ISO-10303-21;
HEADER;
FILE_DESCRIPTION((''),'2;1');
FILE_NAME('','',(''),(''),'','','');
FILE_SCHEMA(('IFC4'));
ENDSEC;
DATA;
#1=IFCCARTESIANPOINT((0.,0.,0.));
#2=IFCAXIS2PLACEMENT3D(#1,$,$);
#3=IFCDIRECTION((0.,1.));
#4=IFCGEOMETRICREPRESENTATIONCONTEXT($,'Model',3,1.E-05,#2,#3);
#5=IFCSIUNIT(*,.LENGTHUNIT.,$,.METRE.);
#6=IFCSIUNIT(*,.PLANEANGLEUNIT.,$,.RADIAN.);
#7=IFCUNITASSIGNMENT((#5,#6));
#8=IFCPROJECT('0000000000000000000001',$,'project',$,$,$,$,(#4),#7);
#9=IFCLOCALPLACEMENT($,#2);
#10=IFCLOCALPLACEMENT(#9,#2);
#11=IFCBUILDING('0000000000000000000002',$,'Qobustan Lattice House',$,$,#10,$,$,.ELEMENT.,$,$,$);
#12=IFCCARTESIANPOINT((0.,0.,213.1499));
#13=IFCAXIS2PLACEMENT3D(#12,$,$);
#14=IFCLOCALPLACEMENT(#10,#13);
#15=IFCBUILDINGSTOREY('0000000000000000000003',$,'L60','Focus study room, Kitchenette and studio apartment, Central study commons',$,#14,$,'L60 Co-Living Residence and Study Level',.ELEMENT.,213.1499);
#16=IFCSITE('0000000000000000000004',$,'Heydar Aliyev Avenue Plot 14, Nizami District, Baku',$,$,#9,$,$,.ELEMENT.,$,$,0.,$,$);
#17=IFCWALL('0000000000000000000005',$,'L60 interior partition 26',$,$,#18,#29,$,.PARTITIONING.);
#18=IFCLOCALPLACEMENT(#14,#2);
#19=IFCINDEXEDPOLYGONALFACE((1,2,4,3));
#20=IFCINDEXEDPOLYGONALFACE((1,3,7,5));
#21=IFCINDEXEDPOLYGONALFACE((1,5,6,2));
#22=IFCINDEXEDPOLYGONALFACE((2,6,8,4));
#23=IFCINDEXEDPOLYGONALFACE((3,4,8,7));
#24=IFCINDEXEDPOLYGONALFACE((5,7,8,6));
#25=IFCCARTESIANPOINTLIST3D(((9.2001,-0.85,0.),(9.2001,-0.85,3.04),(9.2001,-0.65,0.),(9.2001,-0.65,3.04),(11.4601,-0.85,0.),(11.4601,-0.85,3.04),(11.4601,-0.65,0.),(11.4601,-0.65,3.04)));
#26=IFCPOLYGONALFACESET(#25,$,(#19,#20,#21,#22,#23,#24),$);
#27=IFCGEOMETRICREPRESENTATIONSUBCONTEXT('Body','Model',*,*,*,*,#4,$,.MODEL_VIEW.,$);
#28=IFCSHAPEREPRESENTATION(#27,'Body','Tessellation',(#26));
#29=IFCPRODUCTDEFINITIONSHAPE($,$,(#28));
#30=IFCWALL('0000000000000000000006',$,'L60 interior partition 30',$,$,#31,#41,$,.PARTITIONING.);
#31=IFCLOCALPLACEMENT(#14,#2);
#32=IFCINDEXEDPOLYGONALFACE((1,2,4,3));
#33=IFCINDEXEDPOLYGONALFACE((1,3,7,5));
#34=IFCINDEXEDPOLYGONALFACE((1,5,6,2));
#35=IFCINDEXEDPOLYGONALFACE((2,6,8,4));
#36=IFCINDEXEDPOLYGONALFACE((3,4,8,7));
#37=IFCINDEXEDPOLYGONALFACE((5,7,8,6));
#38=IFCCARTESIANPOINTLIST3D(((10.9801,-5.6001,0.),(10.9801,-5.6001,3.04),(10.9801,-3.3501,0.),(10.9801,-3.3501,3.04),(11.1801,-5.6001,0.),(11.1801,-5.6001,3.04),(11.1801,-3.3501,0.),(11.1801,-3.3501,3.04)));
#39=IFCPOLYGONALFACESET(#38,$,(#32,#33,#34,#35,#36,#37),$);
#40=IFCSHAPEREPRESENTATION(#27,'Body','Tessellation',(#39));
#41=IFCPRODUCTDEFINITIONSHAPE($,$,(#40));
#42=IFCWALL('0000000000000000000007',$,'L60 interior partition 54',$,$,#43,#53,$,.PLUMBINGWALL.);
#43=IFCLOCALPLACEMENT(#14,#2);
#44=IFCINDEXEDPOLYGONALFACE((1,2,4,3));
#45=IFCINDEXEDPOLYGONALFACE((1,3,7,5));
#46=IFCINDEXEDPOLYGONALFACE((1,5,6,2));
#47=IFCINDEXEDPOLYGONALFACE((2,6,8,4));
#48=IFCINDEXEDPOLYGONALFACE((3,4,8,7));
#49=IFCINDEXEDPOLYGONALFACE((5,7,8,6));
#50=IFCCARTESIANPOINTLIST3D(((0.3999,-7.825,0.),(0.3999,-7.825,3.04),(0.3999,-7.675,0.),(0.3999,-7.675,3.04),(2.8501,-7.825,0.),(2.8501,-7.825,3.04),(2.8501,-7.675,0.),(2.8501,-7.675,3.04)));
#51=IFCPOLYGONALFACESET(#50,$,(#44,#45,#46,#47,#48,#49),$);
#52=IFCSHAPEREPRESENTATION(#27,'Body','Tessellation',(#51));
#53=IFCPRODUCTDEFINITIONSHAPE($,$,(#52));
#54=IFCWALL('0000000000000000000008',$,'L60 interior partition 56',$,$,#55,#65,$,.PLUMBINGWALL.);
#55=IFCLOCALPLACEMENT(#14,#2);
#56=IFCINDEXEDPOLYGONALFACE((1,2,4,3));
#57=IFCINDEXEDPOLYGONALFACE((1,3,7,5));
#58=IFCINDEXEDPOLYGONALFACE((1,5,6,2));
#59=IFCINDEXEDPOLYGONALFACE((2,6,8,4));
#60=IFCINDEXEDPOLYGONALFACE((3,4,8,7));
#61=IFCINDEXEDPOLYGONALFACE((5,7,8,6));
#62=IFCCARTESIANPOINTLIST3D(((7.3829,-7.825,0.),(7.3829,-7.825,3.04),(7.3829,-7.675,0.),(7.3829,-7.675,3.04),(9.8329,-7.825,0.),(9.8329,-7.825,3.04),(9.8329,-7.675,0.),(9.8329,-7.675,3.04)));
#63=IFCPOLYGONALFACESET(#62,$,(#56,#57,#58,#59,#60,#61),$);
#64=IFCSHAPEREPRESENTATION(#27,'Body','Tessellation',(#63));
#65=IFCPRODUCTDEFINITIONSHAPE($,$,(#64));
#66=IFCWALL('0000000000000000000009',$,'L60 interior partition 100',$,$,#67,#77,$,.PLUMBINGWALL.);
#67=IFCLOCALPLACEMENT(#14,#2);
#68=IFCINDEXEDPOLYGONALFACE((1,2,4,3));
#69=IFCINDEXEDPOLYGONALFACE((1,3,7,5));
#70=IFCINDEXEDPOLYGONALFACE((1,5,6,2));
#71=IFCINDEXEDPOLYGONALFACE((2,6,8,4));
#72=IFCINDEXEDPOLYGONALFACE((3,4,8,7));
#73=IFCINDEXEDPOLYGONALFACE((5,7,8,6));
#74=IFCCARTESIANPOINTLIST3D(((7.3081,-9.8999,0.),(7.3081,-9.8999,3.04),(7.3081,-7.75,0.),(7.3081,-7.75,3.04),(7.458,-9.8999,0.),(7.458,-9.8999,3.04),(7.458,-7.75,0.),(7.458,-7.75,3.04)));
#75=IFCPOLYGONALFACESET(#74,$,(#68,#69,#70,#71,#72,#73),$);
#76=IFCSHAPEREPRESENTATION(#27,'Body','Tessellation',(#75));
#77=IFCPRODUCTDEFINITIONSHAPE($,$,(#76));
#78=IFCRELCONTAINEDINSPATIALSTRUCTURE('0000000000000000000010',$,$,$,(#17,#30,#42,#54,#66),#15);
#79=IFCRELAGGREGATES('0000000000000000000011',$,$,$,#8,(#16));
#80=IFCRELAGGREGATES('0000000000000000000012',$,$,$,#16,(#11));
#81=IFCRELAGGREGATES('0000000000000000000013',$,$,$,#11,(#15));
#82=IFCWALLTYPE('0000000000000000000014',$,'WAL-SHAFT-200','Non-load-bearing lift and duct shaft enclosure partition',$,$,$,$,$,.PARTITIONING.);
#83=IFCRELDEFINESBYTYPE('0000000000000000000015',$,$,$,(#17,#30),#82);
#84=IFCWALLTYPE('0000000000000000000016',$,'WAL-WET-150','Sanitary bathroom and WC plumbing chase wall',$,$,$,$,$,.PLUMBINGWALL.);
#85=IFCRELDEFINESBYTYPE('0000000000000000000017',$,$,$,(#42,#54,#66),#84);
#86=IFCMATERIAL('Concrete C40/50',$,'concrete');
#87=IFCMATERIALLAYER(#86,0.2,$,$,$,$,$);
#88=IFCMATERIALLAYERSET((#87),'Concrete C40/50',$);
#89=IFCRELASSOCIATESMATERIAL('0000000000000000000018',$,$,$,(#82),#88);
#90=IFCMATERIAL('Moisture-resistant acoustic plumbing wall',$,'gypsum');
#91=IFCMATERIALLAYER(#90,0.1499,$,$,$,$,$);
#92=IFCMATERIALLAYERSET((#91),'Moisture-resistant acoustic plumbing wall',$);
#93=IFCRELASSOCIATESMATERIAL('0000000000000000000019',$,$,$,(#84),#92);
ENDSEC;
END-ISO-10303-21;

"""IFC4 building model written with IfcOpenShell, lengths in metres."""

from ifc_helpers import new_model, si_unit, direction, frame, frame_2d, origin, place, context, subcontext, project, spatial, rectangle, extrude, material, layer, layer_set, type_object, element, save


model = new_model("IFC4")

# Units and contexts
model_context = context("Model", 3, precision=1e-05, world=origin(), true_north=direction((0.0, 1.0)))
body_context = subcontext(model_context, "Body", "Model", "MODEL_VIEW")
ifc_project = project(units=[si_unit("LENGTHUNIT", "METRE"), si_unit("PLANEANGLEUNIT", "RADIAN")], contexts=[model_context])

# Site, building, storey
site_placement = place(None, origin())
site = spatial("IfcSite", under=ifc_project, at=site_placement, Name="Heydar Aliyev Avenue Plot 14, Nizami District, Baku", CompositionType="ELEMENT", RefElevation=0.0)
building_placement = place(site_placement, origin())
building = spatial("IfcBuilding", under=site, at=building_placement, Name="Qobustan Lattice House", CompositionType="ELEMENT")
storey_placement = place(building_placement, frame((0.0, 0.0, 213.1499)))
storey = spatial("IfcBuildingStorey", under=building, at=storey_placement, Name="L60", Description="Focus study room, Kitchenette and studio apartment, Central study commons", LongName="L60 Co-Living Residence and Study Level", CompositionType="ELEMENT", Elevation=213.1499)

# Shared definitions
ifc_material_1 = material(Name="Concrete C40/50", Category="concrete")
ifc_layer_1 = layer(ifc_material_1, 0.2)
ifc_layer_set_1 = layer_set([ifc_layer_1], Name="Concrete C40/50")
wall_type_1 = type_object("IfcWallType", Name="WAL-SHAFT-200", Description="Non-load-bearing lift and duct shaft enclosure partition", PredefinedType="PARTITIONING", material=ifc_layer_set_1)

# Walls
wall_1_placement = place(storey_placement, frame((11.46, -0.75, 0.0), z_axis=(0.0, 0.0, 1.0), x_axis=(-1.0, 0.0, 0.0)))
element("IfcWall", 1, at=wall_1_placement, inside=storey, type_object=wall_type_1, Name="L60 interior partition 26", PredefinedType="PARTITIONING", context=body_context, shape_type="SweptSolid", body=[
    extrude(rectangle(XDim=2.26, YDim=0.2, at=frame_2d((1.1299, 0.0))), origin(), (0.0, 0.0, 1.0), 3.04),
])
wall_2_placement = place(storey_placement, frame((11.0801, -5.6001, 0.0), z_axis=(0.0, 0.0, 1.0), x_axis=(0.0, 1.0, 0.0)))
element("IfcWall", 2, at=wall_2_placement, inside=storey, type_object=wall_type_1, Name="L60 interior partition 30", PredefinedType="PARTITIONING", context=body_context, shape_type="SweptSolid", body=[
    extrude(rectangle(XDim=2.25, YDim=0.2, at=frame_2d((1.125, 0.0))), origin(), (0.0, 0.0, 1.0), 3.04),
])
ifc_material_2 = material(Name="Moisture-resistant acoustic plumbing wall", Category="gypsum")
ifc_layer_2 = layer(ifc_material_2, 0.1499)
ifc_layer_set_2 = layer_set([ifc_layer_2], Name="Moisture-resistant acoustic plumbing wall")
wall_type_2 = type_object("IfcWallType", Name="WAL-WET-150", Description="Sanitary bathroom and WC plumbing chase wall", PredefinedType="PLUMBINGWALL", material=ifc_layer_set_2)
wall_3_placement = place(storey_placement, frame((2.8501, -7.75, 0.0), z_axis=(0.0, 0.0, 1.0), x_axis=(-1.0, 0.0, 0.0)))
element("IfcWall", 3, at=wall_3_placement, inside=storey, type_object=wall_type_2, Name="L60 interior partition 54", PredefinedType="PLUMBINGWALL", context=body_context, shape_type="SweptSolid", body=[
    extrude(rectangle(XDim=2.4502, YDim=0.1499, at=frame_2d((1.2251, 0.0))), origin(), (0.0, 0.0, 1.0), 3.04),
])
wall_4_placement = place(storey_placement, frame((9.833, -7.75, 0.0), z_axis=(0.0, 0.0, 1.0), x_axis=(-1.0, 0.0, 0.0)))
element("IfcWall", 4, at=wall_4_placement, inside=storey, type_object=wall_type_2, Name="L60 interior partition 56", PredefinedType="PLUMBINGWALL", context=body_context, shape_type="SweptSolid", body=[
    extrude(rectangle(XDim=2.45, YDim=0.1499, at=frame_2d((1.2251, 0.0))), origin(), (0.0, 0.0, 1.0), 3.04),
])
wall_5_placement = place(storey_placement, frame((7.3831, -7.75, 0.0), z_axis=(0.0, 0.0, 1.0), x_axis=(0.0, -1.0, 0.0)))
element("IfcWall", 5, at=wall_5_placement, inside=storey, type_object=wall_type_2, Name="L60 interior partition 100", PredefinedType="PLUMBINGWALL", context=body_context, shape_type="SweptSolid", body=[
    extrude(rectangle(XDim=2.1499, YDim=0.1499, at=frame_2d((1.075, 0.0))), origin(), (0.0, 0.0, 1.0), 3.04),
])

save(model, "model.ifc")
